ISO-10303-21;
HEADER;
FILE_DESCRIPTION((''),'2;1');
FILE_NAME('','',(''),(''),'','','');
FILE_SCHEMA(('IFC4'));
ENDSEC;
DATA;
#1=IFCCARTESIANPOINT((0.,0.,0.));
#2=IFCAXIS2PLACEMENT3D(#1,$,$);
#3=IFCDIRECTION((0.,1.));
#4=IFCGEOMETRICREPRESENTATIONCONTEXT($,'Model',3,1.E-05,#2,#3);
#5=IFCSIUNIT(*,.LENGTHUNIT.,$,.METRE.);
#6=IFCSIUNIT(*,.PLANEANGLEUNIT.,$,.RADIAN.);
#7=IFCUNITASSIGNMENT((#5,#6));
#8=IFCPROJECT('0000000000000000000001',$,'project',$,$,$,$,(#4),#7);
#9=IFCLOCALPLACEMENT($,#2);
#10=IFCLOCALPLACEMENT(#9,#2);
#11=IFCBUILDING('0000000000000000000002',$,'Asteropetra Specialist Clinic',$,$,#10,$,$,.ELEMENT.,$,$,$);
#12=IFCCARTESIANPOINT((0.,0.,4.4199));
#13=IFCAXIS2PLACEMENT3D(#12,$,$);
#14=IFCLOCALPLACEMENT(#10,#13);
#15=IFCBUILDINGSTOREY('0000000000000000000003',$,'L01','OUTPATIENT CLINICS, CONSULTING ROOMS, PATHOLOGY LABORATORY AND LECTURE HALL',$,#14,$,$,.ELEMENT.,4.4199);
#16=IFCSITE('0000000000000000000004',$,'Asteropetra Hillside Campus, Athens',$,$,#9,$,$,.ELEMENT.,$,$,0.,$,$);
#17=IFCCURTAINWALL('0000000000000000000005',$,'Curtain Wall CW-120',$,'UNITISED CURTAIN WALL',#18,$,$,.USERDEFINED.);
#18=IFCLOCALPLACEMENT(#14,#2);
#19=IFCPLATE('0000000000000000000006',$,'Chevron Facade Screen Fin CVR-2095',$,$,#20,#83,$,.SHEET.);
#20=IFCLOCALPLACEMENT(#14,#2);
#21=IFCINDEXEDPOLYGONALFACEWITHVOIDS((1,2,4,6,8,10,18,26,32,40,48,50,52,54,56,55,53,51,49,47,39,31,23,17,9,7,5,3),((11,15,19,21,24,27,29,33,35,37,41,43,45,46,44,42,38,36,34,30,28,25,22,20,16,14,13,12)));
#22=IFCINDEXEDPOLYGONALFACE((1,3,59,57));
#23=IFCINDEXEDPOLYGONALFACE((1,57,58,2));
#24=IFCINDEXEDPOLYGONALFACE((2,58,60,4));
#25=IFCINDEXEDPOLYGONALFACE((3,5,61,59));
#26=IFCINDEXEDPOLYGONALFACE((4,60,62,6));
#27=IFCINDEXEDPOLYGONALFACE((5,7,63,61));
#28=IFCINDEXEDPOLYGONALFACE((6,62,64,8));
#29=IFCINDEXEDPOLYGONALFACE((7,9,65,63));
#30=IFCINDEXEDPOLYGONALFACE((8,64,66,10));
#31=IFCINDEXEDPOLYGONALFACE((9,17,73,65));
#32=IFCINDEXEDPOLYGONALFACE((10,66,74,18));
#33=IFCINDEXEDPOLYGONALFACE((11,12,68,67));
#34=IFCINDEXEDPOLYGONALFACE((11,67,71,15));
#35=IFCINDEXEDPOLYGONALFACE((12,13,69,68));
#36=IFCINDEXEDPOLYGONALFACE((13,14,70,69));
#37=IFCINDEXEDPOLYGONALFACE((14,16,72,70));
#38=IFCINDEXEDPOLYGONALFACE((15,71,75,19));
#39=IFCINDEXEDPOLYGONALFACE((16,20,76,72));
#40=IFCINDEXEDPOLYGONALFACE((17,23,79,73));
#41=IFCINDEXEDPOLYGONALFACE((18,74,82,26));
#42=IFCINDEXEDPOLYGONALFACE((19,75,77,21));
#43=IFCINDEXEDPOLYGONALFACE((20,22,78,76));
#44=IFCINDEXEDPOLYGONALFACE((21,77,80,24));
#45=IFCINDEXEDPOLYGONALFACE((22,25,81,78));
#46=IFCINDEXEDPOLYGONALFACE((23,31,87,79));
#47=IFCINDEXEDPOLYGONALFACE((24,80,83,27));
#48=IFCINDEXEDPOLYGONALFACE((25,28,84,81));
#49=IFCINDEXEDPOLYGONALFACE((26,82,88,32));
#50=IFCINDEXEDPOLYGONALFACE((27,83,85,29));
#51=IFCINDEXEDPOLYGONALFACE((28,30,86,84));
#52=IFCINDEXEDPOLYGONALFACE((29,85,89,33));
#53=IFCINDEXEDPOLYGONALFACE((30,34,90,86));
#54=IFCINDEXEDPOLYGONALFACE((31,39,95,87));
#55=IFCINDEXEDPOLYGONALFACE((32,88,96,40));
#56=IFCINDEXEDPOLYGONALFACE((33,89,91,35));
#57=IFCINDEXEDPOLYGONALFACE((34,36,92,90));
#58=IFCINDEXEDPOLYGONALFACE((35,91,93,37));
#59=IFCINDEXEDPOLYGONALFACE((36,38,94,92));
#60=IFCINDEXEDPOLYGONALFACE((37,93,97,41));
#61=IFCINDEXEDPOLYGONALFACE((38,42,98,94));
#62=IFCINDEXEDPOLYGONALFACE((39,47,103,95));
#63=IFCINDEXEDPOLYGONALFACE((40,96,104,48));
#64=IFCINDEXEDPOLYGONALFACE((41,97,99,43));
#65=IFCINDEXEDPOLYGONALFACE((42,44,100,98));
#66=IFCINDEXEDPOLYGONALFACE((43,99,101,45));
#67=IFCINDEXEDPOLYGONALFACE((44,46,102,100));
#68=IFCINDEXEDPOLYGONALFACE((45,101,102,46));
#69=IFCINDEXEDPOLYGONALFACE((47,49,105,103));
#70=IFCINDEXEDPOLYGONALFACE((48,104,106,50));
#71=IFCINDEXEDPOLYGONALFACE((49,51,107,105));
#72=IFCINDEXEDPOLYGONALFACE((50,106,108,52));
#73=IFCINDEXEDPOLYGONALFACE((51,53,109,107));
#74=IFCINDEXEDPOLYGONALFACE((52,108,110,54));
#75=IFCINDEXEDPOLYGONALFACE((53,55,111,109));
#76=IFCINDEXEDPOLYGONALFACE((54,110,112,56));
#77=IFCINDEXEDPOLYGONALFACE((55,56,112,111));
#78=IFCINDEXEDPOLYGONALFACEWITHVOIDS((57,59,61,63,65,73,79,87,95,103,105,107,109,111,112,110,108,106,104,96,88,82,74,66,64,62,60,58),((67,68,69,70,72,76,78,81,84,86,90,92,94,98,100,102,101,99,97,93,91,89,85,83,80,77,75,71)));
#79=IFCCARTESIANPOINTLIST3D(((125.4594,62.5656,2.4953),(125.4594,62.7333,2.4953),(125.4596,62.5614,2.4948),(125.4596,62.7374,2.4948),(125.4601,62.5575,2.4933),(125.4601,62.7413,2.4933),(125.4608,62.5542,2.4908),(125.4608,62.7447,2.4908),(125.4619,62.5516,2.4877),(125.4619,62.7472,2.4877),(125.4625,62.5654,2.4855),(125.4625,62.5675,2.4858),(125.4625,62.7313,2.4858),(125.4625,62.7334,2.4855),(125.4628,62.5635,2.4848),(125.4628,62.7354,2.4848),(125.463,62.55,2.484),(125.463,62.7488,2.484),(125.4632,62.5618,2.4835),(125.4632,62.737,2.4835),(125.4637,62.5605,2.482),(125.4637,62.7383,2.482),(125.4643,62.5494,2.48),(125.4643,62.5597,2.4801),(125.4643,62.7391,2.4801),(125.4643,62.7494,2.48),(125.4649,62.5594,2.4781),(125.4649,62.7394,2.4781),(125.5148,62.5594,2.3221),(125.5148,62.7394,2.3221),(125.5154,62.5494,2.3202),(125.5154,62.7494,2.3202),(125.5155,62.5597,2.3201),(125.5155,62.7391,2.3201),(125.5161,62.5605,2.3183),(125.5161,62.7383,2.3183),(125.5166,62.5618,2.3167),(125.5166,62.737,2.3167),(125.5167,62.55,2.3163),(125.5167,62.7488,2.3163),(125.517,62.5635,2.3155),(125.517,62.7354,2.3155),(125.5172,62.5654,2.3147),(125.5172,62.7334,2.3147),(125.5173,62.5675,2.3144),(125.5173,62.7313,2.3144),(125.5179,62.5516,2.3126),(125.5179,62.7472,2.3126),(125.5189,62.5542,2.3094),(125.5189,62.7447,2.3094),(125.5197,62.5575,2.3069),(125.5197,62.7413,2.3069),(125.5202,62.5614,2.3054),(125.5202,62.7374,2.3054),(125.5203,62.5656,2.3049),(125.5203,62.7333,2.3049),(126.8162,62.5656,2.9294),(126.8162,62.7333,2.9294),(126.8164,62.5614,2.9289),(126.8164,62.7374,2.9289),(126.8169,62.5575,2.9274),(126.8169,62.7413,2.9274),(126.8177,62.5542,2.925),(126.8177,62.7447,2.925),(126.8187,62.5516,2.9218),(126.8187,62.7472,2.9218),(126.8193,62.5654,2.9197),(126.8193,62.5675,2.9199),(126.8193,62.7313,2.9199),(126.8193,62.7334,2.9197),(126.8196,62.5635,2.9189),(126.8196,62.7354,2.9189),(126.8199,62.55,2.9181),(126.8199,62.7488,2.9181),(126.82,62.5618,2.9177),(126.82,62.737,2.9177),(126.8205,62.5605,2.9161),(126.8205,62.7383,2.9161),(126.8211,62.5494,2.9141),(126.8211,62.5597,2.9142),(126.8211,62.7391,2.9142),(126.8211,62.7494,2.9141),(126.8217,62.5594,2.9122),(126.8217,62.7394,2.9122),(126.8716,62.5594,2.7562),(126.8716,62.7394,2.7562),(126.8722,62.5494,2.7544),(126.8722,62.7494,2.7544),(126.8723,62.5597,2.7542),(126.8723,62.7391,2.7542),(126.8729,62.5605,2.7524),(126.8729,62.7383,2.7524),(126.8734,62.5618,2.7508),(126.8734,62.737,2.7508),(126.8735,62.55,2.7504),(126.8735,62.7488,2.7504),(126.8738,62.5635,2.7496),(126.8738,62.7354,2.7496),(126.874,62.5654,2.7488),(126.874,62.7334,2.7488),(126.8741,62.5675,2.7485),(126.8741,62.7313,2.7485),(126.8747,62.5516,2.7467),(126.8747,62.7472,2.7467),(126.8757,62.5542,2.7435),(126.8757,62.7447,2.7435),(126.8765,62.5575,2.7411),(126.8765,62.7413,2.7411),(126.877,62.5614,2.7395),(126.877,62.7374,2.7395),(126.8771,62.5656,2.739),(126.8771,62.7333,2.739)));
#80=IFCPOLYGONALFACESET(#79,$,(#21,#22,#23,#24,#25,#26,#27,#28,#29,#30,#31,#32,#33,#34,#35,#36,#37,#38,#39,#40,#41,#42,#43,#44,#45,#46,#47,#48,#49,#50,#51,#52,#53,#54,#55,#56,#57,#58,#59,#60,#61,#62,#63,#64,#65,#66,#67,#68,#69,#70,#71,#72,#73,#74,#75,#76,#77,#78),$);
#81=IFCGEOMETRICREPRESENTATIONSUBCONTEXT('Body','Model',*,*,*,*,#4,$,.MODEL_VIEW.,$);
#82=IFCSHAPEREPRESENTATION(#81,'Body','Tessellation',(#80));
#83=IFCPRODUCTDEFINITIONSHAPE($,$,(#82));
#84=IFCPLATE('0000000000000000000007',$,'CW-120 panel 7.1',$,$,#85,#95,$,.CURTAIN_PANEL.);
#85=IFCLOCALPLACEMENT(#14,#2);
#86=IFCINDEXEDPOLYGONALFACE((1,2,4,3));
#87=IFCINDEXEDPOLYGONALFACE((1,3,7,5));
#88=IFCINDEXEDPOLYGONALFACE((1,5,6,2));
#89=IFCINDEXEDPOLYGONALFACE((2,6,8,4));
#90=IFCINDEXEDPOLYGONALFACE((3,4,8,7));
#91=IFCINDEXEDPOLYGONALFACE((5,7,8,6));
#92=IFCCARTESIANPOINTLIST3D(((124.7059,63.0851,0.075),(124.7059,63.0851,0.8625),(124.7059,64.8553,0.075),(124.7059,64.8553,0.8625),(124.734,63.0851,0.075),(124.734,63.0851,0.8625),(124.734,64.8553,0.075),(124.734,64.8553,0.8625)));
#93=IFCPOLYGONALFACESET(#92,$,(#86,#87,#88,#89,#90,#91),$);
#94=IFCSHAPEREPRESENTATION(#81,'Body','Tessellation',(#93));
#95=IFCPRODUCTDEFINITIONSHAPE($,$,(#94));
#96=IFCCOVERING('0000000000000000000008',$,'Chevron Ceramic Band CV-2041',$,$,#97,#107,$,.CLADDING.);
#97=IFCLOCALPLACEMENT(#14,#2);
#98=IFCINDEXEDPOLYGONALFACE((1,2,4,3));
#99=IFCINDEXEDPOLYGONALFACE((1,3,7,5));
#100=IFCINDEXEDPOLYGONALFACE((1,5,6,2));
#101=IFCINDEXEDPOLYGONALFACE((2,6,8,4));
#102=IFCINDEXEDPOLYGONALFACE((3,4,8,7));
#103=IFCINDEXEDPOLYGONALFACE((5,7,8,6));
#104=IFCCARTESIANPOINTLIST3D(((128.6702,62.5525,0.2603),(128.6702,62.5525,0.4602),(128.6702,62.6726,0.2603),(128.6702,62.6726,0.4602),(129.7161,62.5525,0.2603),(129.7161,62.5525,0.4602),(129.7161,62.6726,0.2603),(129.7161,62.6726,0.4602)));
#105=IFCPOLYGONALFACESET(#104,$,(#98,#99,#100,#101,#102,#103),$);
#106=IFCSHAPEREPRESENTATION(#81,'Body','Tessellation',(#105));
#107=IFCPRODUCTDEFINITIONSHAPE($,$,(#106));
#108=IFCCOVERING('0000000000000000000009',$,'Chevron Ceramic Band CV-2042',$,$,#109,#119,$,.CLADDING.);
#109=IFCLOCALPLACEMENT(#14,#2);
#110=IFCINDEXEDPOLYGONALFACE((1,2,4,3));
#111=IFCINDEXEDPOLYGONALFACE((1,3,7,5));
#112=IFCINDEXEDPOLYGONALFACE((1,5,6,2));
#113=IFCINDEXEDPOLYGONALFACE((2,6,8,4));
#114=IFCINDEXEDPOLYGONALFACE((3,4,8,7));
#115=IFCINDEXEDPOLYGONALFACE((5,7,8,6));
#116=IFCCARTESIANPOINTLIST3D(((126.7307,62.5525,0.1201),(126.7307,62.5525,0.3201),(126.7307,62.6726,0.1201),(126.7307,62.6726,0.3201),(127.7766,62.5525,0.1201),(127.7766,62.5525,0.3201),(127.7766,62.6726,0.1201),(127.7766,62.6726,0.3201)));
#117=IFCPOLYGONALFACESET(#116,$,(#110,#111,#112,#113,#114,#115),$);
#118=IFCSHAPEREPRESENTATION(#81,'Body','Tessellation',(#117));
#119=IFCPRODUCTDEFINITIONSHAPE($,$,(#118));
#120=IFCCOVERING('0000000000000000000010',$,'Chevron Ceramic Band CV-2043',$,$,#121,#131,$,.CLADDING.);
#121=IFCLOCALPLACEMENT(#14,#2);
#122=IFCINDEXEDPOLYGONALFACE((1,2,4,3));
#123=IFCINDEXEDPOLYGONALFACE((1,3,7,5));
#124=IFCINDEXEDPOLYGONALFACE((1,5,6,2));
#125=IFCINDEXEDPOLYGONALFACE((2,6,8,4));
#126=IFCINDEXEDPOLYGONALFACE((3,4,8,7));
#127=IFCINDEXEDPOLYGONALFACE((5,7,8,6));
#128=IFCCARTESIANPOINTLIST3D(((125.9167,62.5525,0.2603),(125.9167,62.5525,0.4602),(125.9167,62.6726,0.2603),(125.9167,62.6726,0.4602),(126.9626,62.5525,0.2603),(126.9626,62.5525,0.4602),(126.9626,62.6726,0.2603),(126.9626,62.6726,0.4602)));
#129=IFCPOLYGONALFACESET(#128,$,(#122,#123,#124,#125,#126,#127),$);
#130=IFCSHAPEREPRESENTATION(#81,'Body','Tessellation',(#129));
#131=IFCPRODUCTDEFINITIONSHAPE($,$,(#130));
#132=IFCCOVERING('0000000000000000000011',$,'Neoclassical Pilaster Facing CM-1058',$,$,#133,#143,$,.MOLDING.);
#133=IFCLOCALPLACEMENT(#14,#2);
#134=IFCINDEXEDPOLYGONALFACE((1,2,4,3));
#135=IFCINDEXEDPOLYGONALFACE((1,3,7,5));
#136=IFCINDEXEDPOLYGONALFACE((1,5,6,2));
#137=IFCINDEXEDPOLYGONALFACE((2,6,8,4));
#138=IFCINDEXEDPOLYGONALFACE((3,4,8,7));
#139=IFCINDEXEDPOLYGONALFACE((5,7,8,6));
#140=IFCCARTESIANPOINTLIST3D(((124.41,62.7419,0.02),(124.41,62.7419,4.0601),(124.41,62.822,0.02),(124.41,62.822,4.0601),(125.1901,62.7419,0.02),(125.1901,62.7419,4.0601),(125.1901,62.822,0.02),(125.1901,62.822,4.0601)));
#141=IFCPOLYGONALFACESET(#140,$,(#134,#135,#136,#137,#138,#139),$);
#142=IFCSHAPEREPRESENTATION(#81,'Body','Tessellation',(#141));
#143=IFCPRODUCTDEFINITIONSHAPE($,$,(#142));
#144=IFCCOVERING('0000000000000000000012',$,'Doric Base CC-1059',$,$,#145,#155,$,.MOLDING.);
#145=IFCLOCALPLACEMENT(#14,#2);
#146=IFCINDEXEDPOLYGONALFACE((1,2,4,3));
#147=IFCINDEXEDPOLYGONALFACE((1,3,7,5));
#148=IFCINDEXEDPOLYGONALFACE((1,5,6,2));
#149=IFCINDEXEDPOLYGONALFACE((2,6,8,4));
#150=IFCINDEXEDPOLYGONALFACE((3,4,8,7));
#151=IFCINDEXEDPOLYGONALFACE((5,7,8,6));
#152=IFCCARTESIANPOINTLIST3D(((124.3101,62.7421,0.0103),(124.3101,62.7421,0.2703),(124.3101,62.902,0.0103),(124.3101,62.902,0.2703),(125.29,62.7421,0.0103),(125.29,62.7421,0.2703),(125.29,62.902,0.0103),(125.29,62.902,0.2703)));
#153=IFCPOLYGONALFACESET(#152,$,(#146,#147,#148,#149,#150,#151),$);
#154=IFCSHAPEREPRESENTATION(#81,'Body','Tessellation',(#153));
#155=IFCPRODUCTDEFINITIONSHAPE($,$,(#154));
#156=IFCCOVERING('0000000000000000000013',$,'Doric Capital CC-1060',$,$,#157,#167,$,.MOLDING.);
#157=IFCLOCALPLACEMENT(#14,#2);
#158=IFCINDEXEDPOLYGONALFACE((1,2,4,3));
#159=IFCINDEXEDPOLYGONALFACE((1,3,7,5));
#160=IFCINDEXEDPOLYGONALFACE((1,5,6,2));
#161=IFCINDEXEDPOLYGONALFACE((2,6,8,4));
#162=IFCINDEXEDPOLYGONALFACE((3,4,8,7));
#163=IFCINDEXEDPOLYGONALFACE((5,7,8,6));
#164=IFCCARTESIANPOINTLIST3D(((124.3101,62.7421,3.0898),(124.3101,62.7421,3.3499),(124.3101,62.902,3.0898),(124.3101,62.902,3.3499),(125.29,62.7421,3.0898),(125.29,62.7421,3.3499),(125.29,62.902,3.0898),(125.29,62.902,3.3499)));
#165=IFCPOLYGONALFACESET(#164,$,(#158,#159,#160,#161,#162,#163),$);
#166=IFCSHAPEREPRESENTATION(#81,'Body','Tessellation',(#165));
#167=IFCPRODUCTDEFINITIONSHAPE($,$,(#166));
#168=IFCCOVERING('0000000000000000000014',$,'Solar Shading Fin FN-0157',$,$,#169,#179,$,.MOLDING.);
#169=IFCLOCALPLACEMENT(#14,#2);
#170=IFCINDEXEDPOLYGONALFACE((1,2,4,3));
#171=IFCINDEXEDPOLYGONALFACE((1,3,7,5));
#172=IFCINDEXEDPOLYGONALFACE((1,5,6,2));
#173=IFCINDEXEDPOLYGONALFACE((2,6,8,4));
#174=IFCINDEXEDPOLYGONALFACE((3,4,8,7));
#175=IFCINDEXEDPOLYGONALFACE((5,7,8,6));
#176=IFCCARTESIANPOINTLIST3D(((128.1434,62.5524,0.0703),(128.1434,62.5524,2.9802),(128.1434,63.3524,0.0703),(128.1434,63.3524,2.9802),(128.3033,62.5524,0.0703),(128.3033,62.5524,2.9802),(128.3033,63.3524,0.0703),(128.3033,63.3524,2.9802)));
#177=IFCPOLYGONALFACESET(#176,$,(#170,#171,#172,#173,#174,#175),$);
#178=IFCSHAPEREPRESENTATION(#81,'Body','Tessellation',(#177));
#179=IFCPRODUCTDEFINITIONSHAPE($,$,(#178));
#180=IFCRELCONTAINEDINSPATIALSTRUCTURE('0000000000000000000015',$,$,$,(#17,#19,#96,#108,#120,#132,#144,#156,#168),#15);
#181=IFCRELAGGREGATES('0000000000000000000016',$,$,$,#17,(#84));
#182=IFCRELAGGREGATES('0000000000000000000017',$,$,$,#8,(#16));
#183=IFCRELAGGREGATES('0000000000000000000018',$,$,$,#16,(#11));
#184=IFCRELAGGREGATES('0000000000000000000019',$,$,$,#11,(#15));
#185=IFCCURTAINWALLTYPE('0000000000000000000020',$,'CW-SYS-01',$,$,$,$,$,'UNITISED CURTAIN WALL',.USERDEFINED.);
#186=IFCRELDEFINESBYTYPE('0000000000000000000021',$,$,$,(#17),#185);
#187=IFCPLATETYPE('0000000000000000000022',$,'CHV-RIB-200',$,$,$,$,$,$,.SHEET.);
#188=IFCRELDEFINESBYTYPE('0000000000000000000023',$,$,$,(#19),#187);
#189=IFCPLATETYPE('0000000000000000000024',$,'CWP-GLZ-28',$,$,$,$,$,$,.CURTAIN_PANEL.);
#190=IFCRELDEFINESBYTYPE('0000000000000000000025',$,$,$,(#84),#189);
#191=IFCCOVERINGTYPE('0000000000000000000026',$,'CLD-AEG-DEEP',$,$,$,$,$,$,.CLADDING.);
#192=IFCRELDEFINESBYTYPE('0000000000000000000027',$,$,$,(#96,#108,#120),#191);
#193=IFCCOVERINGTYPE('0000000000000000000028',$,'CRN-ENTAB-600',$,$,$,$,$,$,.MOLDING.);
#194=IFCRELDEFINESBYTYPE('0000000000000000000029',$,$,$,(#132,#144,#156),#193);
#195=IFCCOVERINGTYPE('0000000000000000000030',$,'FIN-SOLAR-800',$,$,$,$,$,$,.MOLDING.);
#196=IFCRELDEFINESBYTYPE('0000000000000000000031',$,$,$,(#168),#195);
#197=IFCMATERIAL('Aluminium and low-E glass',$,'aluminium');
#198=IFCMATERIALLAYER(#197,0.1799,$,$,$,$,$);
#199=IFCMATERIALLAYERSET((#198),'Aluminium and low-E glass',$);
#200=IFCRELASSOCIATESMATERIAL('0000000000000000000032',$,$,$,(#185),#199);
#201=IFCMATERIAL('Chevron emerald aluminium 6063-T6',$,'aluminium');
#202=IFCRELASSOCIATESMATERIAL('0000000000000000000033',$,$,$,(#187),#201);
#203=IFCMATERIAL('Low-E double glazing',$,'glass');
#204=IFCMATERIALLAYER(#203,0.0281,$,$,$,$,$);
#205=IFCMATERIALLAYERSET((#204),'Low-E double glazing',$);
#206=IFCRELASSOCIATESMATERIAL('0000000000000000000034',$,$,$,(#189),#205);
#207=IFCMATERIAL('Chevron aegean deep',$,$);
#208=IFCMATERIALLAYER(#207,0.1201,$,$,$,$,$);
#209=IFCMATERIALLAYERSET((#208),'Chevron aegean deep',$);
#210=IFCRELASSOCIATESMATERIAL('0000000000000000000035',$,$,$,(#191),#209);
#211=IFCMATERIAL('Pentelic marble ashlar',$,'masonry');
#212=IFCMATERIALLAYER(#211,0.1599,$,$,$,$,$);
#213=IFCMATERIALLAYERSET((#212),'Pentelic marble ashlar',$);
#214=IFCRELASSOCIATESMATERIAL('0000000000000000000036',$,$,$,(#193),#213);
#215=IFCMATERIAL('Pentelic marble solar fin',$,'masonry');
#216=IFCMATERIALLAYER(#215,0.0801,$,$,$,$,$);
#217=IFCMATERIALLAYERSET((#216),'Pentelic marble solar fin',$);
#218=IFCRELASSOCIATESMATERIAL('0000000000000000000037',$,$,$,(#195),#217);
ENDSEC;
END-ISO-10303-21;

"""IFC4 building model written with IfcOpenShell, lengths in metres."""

from ifc_helpers import new_model, si_unit, direction, frame, origin, origin_2d, place, context, subcontext, project, spatial, rectangle, hollow_rectangle, extrude, material, layer, layer_set, material_profile, profile_set, type_object, element, aggregate, save


model = new_model("IFC4")

# Units and contexts
model_context = context("Model", 3, precision=1e-05, world=origin(), true_north=direction((0.0, 1.0)))
body_context = subcontext(model_context, "Body", "Model", "MODEL_VIEW")
ifc_project = project(units=[si_unit("LENGTHUNIT", "METRE"), si_unit("PLANEANGLEUNIT", "RADIAN")], contexts=[model_context])

# Site, building, storey
site_placement = place(None, origin())
site = spatial("IfcSite", under=ifc_project, at=site_placement, Name="Asteropetra Hillside Campus, Athens", CompositionType="ELEMENT", RefElevation=0.0)
building_placement = place(site_placement, origin())
building = spatial("IfcBuilding", under=site, at=building_placement, Name="Asteropetra Specialist Clinic", CompositionType="ELEMENT")
storey_placement = place(building_placement, frame((0.0, 0.0, 4.4199)))
storey = spatial("IfcBuildingStorey", under=building, at=storey_placement, Name="L01", Description="OUTPATIENT CLINICS, CONSULTING ROOMS, PATHOLOGY LABORATORY AND LECTURE HALL", CompositionType="ELEMENT", Elevation=4.4199)

# Curtain wall
ifc_material_1 = material(Name="Aluminium and low-E glass", Category="aluminium")
ifc_layer_1 = layer(ifc_material_1, 0.1799)
ifc_layer_set_1 = layer_set([ifc_layer_1], Name="Aluminium and low-E glass")
curtain_wall_type = type_object("IfcCurtainWallType", Name="CW-SYS-01", ElementType="UNITISED CURTAIN WALL", PredefinedType="USERDEFINED", material=ifc_layer_set_1)
curtain_wall_placement = place(storey_placement, origin())
curtain_wall = element("IfcCurtainWall", 1, at=curtain_wall_placement, inside=storey, type_object=curtain_wall_type, Name="Curtain Wall CW-120", ObjectType="UNITISED CURTAIN WALL", PredefinedType="USERDEFINED")

# Plate
ifc_material_2 = material(Name="Chevron emerald aluminium 6063-T6", Category="aluminium")
ifc_material_profile_1 = material_profile(ifc_material_2, hollow_rectangle(XDim=0.2, YDim=0.2, WallThickness=0.01, InnerFilletRadius=0.0081, OuterFilletRadius=0.0161, at=origin_2d()), Name="SHS 200x200x10.0")
ifc_profile_set_1 = profile_set([ifc_material_profile_1], Name="Chevron emerald aluminium 6063-T6")
plate_type_1 = type_object("IfcPlateType", Name="CHV-RIB-200", PredefinedType="SHEET", material=ifc_profile_set_1)
for number, where, z_axis, x_axis, name in (
    (2, (126.8467, 62.6494, 2.8342), (-0.952436, 0.0, -0.304738), (0.0, -1.0, 0.0), "Chevron Facade Screen Fin CVR-2095"),
):
    element("IfcPlate", number, at=place(storey_placement, frame(where, z_axis=z_axis, x_axis=x_axis)), inside=storey, type_object=plate_type_1, Name=name, PredefinedType="SHEET", context=body_context, shape_type="SweptSolid", body=[
        extrude(hollow_rectangle(XDim=0.2, YDim=0.2, WallThickness=0.01, InnerFilletRadius=0.0081, OuterFilletRadius=0.0161, at=origin_2d()), origin(), (0.0, 0.0, 1.0), 1.4246),
    ])

# Plate
ifc_material_3 = material(Name="Low-E double glazing", Category="glass")
ifc_layer_2 = layer(ifc_material_3, 0.0281)
ifc_layer_set_2 = layer_set([ifc_layer_2], Name="Low-E double glazing")
plate_type_2 = type_object("IfcPlateType", Name="CWP-GLZ-28", PredefinedType="CURTAIN_PANEL", material=ifc_layer_set_2)
plate_placement = place(storey_placement, frame((124.72, 63.9702, 0.075), z_axis=(0.0, 0.0, 1.0), x_axis=(0.0, -1.0, 0.0)))
plate = element("IfcPlate", 3, at=plate_placement, type_object=plate_type_2, Name="CW-120 panel 7.1", PredefinedType="CURTAIN_PANEL", context=body_context, shape_type="SweptSolid", body=[
    extrude(rectangle(XDim=1.7703, YDim=0.0281, at=origin_2d()), origin(), (0.0, 0.0, 1.0), 0.7876),
])
aggregate(curtain_wall, [plate])

# Coverings
ifc_material_4 = material(Name="Chevron aegean deep")
ifc_layer_3 = layer(ifc_material_4, 0.1201)
ifc_layer_set_3 = layer_set([ifc_layer_3], Name="Chevron aegean deep")
covering_type_1 = type_object("IfcCoveringType", Name="CLD-AEG-DEEP", PredefinedType="CLADDING", material=ifc_layer_set_3)
for number, where, z_axis, x_axis, name in (
    (4, (129.1931, 62.6125, 0.2603), (0.0, 0.0, 1.0), (1.0, 0.0, 0.0), "Chevron Ceramic Band CV-2041"),
    (5, (127.2537, 62.6125, 0.1201), (0.0, 0.0, 1.0), (1.0, 0.0, 0.0), "Chevron Ceramic Band CV-2042"),
    (6, (126.4397, 62.6125, 0.2603), (0.0, 0.0, 1.0), (1.0, 0.0, 0.0), "Chevron Ceramic Band CV-2043"),
):
    element("IfcCovering", number, at=place(storey_placement, frame(where, z_axis=z_axis, x_axis=x_axis)), inside=storey, type_object=covering_type_1, Name=name, PredefinedType="CLADDING", context=body_context, shape_type="SweptSolid", body=[
        extrude(rectangle(XDim=1.0459, YDim=0.1201, at=origin_2d()), origin(), (0.0, 0.0, 1.0), 0.2),
    ])
ifc_material_5 = material(Name="Pentelic marble ashlar", Category="masonry")
ifc_layer_4 = layer(ifc_material_5, 0.1599)
ifc_layer_set_4 = layer_set([ifc_layer_4], Name="Pentelic marble ashlar")
covering_type_2 = type_object("IfcCoveringType", Name="CRN-ENTAB-600", PredefinedType="MOLDING", material=ifc_layer_set_4)
covering_1_placement = place(storey_placement, frame((124.8, 62.782, 0.02), z_axis=(0.0, 0.0, 1.0), x_axis=(1.0, 0.0, 0.0)))
element("IfcCovering", 7, at=covering_1_placement, inside=storey, type_object=covering_type_2, Name="Neoclassical Pilaster Facing CM-1058", PredefinedType="MOLDING", context=body_context, shape_type="SweptSolid", body=[
    extrude(rectangle(XDim=0.78, YDim=0.0801, at=origin_2d()), origin(), (0.0, 0.0, 1.0), 4.04),
])
for number, where, z_axis, x_axis, name in (
    (8, (124.8, 62.822, 0.0103), (0.0, 0.0, 1.0), (1.0, 0.0, 0.0), "Doric Base CC-1059"),
    (9, (124.8, 62.822, 3.0898), (0.0, 0.0, 1.0), (1.0, 0.0, 0.0), "Doric Capital CC-1060"),
):
    element("IfcCovering", number, at=place(storey_placement, frame(where, z_axis=z_axis, x_axis=x_axis)), inside=storey, type_object=covering_type_2, Name=name, PredefinedType="MOLDING", context=body_context, shape_type="SweptSolid", body=[
        extrude(rectangle(XDim=0.98, YDim=0.1599, at=origin_2d()), origin(), (0.0, 0.0, 1.0), 0.26),
    ])
ifc_material_6 = material(Name="Pentelic marble solar fin", Category="masonry")
ifc_layer_5 = layer(ifc_material_6, 0.0801)
ifc_layer_set_5 = layer_set([ifc_layer_5], Name="Pentelic marble solar fin")
covering_type_3 = type_object("IfcCoveringType", Name="FIN-SOLAR-800", PredefinedType="MOLDING", material=ifc_layer_set_5)
covering_2_placement = place(storey_placement, frame((128.2234, 62.9524, 0.0703), z_axis=(0.0, 0.0, 1.0), x_axis=(1.0, 0.0, 0.0)))
element("IfcCovering", 10, at=covering_2_placement, inside=storey, type_object=covering_type_3, Name="Solar Shading Fin FN-0157", PredefinedType="MOLDING", context=body_context, shape_type="SweptSolid", body=[
    extrude(rectangle(XDim=0.1599, YDim=0.8, at=origin_2d()), origin(), (0.0, 0.0, 1.0), 2.9099),
])

save(model, "model.ifc")
